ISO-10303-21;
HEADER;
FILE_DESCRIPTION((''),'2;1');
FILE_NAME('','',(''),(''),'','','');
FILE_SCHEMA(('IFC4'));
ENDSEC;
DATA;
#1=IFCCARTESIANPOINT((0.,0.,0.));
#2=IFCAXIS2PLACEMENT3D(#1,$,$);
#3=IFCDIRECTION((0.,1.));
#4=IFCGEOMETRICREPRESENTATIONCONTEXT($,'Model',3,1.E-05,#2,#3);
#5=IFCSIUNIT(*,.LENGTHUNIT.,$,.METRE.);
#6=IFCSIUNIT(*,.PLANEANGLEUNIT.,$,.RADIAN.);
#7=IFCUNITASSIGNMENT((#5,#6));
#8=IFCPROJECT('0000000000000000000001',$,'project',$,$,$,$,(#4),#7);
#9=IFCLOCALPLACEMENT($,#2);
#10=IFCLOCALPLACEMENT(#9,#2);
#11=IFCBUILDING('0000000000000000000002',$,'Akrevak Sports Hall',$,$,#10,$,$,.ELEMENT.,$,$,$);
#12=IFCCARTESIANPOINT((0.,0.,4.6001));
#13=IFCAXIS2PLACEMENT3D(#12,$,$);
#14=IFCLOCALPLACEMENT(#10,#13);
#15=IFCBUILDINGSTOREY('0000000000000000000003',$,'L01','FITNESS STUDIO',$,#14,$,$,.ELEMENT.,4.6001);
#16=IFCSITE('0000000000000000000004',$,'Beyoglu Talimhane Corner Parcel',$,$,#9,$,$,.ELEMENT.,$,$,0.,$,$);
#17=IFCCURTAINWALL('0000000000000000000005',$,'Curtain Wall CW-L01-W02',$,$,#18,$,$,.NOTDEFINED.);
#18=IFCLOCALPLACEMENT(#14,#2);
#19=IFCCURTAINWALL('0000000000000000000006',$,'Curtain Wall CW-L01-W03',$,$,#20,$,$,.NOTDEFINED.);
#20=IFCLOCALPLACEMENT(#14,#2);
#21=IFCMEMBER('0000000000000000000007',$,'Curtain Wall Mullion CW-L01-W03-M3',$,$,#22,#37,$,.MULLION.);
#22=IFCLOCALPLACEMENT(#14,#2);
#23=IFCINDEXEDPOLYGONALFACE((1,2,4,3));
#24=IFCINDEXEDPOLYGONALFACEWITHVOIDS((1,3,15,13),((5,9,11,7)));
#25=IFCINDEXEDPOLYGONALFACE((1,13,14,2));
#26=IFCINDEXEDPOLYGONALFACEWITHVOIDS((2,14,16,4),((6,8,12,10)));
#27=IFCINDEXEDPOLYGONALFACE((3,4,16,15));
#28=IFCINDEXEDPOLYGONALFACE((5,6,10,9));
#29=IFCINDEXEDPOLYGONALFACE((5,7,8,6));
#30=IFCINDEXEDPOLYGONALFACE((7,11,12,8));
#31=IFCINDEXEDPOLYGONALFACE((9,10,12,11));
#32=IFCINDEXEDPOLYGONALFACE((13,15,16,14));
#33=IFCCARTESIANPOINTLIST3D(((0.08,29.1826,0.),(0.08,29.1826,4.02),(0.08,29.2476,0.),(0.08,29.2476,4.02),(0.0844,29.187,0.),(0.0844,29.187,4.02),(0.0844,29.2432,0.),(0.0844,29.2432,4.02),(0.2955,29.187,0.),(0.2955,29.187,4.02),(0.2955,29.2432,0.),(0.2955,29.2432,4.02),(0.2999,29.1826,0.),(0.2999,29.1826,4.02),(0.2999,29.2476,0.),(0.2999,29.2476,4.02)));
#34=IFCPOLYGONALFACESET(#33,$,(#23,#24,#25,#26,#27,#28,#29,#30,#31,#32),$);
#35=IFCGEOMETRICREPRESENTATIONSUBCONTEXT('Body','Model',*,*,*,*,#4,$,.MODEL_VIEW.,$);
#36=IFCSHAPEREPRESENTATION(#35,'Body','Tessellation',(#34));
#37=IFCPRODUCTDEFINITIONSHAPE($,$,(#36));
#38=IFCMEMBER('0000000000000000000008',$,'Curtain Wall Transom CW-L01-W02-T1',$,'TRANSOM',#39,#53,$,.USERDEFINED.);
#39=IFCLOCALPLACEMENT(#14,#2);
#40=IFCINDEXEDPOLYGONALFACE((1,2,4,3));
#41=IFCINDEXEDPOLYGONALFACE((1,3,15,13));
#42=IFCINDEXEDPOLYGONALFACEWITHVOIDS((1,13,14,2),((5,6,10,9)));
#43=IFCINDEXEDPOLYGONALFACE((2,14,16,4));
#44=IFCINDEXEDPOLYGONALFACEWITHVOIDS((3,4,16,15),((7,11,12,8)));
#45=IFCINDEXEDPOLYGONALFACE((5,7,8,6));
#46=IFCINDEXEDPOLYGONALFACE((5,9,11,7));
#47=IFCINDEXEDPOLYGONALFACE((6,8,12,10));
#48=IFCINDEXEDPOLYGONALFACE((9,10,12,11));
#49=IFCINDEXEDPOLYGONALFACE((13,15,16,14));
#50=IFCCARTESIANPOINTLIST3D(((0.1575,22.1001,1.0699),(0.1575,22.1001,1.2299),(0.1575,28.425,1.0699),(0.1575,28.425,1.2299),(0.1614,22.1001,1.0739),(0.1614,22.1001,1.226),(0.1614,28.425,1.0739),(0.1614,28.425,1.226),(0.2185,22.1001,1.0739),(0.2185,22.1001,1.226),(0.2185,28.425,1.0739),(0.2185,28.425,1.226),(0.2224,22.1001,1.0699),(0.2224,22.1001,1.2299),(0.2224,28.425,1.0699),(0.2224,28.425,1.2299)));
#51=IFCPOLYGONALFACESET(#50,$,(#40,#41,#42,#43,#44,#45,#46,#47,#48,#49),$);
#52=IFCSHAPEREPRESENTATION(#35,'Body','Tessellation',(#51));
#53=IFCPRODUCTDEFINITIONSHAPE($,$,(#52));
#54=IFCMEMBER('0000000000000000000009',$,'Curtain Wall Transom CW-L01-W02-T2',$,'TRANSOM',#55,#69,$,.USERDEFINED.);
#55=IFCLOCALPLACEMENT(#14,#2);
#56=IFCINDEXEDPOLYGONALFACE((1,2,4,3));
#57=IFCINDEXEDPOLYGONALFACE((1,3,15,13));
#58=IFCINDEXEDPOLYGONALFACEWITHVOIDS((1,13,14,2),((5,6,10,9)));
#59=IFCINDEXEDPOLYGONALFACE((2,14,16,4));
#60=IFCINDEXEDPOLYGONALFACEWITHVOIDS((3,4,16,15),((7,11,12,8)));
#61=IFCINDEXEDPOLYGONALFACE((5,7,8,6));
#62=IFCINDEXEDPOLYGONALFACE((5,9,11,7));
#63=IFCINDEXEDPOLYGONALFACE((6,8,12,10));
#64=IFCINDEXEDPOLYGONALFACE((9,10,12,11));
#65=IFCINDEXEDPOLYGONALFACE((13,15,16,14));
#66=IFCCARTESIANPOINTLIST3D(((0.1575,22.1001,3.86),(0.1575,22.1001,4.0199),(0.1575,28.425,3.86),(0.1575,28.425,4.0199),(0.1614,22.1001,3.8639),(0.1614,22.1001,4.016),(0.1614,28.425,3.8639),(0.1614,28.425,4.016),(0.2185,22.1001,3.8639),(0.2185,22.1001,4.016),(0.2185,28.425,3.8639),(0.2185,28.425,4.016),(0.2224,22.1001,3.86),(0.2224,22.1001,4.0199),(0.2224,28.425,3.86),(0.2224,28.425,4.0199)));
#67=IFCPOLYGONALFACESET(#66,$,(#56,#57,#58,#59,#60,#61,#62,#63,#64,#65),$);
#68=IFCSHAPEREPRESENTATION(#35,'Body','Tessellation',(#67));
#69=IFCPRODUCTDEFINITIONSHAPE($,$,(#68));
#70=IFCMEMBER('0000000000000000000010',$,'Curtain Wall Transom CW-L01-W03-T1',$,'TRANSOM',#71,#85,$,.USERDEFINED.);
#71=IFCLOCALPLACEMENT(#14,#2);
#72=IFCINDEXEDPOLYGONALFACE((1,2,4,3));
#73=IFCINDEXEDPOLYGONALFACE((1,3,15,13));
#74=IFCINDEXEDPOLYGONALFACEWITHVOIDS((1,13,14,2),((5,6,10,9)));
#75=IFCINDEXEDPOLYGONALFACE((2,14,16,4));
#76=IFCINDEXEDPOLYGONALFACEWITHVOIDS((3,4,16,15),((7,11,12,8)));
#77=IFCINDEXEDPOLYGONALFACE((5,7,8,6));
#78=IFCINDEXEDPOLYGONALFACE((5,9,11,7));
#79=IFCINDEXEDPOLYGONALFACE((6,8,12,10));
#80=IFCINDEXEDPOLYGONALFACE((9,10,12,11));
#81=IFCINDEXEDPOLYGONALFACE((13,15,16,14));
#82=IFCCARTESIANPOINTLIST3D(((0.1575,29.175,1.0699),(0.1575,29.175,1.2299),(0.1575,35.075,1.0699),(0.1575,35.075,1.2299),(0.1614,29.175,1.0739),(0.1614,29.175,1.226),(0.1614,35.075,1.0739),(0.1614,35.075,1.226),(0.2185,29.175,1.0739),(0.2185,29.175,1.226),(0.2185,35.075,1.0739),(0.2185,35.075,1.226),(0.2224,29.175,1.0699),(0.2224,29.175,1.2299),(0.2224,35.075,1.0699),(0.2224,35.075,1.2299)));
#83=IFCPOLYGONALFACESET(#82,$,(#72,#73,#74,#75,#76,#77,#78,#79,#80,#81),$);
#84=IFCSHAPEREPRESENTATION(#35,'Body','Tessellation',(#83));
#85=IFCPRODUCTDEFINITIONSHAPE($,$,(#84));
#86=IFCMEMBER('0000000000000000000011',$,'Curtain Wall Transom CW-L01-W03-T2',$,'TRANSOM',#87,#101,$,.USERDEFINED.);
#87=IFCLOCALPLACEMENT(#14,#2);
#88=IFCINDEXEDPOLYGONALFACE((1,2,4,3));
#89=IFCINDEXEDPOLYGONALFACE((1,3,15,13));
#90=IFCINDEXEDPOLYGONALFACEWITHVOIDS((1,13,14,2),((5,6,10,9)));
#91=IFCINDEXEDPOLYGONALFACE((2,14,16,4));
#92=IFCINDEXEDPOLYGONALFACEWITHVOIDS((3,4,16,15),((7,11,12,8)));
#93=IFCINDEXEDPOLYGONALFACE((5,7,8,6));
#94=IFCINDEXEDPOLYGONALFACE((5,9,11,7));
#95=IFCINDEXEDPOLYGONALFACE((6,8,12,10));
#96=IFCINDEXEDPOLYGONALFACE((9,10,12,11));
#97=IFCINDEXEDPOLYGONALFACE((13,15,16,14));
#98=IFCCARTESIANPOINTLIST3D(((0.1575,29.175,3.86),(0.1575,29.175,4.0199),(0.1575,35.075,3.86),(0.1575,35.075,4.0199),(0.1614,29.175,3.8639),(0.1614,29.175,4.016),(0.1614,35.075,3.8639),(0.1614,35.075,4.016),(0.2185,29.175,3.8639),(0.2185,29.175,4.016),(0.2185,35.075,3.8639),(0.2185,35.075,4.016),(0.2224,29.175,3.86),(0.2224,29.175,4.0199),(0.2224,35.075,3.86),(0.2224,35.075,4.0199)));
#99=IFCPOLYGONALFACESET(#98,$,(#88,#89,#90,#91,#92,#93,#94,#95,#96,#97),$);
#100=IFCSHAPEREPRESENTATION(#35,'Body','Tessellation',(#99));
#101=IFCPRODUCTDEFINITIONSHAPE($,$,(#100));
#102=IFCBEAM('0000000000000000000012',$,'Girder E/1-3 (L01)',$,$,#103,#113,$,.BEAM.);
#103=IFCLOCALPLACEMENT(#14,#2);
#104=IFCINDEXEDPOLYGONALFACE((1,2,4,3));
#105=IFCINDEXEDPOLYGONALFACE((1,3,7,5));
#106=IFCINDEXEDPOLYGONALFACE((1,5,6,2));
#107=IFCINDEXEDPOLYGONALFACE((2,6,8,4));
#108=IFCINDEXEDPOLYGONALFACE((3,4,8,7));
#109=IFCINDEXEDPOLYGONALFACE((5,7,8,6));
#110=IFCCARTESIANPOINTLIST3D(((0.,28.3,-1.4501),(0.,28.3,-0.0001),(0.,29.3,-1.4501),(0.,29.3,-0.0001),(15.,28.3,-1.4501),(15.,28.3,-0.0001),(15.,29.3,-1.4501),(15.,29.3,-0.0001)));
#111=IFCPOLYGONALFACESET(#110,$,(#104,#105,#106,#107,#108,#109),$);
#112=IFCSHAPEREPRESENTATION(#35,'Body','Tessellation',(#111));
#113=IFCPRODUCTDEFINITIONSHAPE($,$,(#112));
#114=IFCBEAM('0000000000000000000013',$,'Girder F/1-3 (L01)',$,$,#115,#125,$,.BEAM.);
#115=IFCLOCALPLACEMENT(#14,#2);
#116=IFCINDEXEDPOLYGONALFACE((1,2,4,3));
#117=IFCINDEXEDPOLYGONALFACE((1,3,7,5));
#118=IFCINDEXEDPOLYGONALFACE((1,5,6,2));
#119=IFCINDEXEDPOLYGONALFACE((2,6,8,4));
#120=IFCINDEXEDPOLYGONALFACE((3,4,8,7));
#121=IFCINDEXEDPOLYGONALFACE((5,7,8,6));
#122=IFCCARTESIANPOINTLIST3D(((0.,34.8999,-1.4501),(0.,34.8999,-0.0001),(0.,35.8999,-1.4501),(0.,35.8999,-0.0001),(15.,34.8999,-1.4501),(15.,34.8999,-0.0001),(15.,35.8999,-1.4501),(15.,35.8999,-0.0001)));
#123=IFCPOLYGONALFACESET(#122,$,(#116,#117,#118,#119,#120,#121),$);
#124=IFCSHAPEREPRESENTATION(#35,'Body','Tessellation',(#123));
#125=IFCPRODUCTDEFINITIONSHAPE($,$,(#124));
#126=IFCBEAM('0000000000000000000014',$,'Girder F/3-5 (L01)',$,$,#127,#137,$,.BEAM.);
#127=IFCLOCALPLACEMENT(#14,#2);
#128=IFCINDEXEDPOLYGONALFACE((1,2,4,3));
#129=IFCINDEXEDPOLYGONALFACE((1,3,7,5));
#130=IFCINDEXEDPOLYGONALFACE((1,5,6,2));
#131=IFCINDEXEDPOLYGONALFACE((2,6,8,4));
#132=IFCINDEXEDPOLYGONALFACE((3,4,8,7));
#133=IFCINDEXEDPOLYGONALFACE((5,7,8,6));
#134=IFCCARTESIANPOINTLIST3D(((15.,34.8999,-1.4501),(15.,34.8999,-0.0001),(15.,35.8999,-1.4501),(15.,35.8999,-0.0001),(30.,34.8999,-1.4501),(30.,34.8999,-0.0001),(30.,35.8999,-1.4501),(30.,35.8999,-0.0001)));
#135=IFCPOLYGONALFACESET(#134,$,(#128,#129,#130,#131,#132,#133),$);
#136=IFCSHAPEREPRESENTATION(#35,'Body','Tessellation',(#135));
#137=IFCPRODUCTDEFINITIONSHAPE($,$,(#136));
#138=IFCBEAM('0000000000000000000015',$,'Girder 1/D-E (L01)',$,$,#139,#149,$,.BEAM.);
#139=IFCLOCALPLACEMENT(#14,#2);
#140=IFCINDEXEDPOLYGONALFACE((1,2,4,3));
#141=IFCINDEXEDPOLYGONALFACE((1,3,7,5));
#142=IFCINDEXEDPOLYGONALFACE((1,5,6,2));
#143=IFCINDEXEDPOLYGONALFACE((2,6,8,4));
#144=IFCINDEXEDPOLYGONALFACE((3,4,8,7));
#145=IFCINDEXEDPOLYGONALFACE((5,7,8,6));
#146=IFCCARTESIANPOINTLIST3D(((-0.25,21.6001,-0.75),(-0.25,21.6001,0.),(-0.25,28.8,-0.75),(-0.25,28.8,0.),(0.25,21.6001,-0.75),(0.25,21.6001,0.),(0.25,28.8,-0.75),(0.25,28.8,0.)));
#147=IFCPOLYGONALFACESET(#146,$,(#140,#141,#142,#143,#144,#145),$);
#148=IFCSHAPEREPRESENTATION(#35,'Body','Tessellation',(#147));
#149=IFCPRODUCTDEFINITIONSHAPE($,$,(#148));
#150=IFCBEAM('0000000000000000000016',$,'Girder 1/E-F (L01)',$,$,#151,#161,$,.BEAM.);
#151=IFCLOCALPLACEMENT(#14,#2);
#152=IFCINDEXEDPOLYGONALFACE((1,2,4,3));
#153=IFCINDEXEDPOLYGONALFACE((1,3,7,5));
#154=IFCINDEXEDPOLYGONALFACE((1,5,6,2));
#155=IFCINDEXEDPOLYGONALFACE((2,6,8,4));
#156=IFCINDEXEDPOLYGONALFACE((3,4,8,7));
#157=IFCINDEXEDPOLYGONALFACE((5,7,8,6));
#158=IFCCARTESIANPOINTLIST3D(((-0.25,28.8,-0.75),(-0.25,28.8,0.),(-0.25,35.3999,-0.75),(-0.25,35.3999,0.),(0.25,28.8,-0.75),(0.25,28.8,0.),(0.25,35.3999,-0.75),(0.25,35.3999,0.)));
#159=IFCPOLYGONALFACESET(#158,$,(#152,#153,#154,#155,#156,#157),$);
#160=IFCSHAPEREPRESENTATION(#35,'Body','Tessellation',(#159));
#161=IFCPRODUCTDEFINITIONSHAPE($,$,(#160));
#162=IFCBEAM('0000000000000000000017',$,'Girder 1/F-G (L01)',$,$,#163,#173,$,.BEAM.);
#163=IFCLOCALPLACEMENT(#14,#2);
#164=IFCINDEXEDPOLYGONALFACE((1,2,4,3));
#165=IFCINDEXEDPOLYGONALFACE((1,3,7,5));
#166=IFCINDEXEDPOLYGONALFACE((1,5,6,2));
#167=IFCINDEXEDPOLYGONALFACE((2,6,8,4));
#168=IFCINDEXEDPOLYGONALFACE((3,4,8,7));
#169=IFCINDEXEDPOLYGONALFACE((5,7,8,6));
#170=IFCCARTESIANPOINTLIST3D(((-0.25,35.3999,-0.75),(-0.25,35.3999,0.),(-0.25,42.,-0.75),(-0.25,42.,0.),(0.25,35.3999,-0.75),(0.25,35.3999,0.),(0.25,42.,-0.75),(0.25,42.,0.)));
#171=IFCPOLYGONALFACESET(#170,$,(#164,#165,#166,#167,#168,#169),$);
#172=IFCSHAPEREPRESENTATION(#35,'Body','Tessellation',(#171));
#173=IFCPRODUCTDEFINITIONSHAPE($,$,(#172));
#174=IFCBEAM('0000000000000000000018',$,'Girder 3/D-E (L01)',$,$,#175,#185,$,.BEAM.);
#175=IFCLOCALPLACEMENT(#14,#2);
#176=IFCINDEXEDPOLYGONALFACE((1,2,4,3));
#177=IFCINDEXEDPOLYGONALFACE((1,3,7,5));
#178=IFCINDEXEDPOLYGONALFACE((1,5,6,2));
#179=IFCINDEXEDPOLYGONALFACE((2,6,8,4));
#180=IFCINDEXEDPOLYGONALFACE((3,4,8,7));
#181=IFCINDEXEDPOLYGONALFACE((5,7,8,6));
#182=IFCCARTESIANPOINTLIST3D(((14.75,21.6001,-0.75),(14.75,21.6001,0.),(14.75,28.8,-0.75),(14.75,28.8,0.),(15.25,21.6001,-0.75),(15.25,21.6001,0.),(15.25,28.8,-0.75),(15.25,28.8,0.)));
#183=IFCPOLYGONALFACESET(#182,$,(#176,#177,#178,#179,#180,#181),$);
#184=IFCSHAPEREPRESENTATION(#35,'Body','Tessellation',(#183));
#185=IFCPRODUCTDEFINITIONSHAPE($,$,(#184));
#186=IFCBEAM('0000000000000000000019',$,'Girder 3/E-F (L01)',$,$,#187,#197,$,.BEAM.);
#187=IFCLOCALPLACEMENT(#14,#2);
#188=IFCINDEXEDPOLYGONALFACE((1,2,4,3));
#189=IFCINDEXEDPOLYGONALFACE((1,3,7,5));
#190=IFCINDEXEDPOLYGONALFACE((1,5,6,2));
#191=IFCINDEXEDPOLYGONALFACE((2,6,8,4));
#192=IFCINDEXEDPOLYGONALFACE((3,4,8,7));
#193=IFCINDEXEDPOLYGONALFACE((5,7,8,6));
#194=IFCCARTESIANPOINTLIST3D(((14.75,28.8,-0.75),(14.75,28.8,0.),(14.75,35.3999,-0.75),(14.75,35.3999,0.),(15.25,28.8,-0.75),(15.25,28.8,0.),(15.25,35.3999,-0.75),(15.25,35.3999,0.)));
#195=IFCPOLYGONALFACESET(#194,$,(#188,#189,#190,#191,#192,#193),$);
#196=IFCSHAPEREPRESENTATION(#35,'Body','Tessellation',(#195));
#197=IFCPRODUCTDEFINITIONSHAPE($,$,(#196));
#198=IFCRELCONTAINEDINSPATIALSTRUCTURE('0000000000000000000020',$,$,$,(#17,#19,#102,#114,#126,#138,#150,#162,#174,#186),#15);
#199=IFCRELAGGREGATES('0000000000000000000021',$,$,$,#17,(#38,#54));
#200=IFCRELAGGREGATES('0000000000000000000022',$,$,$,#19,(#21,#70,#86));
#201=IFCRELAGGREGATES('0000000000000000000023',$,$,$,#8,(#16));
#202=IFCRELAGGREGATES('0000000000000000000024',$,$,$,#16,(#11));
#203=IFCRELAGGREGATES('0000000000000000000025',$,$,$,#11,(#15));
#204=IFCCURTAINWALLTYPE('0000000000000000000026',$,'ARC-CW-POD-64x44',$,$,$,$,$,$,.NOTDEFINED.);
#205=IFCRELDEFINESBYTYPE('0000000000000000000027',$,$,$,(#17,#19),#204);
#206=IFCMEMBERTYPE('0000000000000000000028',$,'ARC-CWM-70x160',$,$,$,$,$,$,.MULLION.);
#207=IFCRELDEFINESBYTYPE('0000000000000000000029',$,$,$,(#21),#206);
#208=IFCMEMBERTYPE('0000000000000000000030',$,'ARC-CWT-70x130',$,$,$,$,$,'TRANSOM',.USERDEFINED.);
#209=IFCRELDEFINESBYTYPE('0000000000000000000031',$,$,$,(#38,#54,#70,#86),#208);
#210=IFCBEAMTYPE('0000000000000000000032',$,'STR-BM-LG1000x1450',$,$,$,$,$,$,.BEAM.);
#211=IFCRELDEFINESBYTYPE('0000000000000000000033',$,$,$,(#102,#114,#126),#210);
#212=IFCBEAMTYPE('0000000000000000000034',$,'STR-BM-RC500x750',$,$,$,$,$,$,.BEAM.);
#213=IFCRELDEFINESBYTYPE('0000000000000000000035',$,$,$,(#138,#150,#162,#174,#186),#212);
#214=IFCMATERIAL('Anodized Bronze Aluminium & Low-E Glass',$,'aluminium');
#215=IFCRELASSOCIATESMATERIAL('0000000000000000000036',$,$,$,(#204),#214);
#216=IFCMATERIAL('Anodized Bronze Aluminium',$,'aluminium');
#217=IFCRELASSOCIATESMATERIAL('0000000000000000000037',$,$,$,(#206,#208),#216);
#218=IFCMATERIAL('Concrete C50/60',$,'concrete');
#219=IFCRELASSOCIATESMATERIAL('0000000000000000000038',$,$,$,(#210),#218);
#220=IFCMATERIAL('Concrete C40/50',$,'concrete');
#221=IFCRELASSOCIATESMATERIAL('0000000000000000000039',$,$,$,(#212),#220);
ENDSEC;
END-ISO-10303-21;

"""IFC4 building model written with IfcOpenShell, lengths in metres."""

from ifc_helpers import new_model, si_unit, direction, frame, origin, origin_2d, place, context, subcontext, project, spatial, rectangle, hollow_rectangle, extrude, material, material_profile, profile_set, type_object, element, aggregate, save


model = new_model("IFC4")

# Units and contexts
model_context = context("Model", 3, precision=1e-05, world=origin(), true_north=direction((0.0, 1.0)))
body_context = subcontext(model_context, "Body", "Model", "MODEL_VIEW")
ifc_project = project(units=[si_unit("LENGTHUNIT", "METRE"), si_unit("PLANEANGLEUNIT", "RADIAN")], contexts=[model_context])

# Site, building, storey
site_placement = place(None, origin())
site = spatial("IfcSite", under=ifc_project, at=site_placement, Name="Beyoglu Talimhane Corner Parcel", CompositionType="ELEMENT", RefElevation=0.0)
building_placement = place(site_placement, origin())
building = spatial("IfcBuilding", under=site, at=building_placement, Name="Akrevak Sports Hall", CompositionType="ELEMENT")
storey_placement = place(building_placement, frame((0.0, 0.0, 4.6001)))
storey = spatial("IfcBuildingStorey", under=building, at=storey_placement, Name="L01", Description="FITNESS STUDIO", CompositionType="ELEMENT", Elevation=4.6001)

# Shared definitions
ifc_material_1 = material(Name="Concrete C50/60", Category="concrete")
ifc_material_2 = material(Name="Concrete C40/50", Category="concrete")

# Curtain walls, member
ifc_material_3 = material(Name="Anodized Bronze Aluminium & Low-E Glass", Category="aluminium")
curtain_wall_type = type_object("IfcCurtainWallType", Name="ARC-CW-POD-64x44", PredefinedType="NOTDEFINED", material=ifc_material_3)
curtain_wall_1_placement = place(storey_placement, origin())
curtain_wall_1 = element("IfcCurtainWall", 1, at=curtain_wall_1_placement, inside=storey, type_object=curtain_wall_type, Name="Curtain Wall CW-L01-W02", PredefinedType="NOTDEFINED")
ifc_material_4 = material(Name="Anodized Bronze Aluminium", Category="aluminium")
ifc_material_profile_1 = material_profile(ifc_material_4, hollow_rectangle(XDim=0.0649, YDim=0.22, WallThickness=0.0044, at=origin_2d()), Name="CWM 65x220", Category="aluminium")
ifc_profile_set_1 = profile_set([ifc_material_profile_1], Name="Anodized Bronze Aluminium")
member_type_1 = type_object("IfcMemberType", Name="ARC-CWM-70x160", PredefinedType="MULLION", material=ifc_profile_set_1)
curtain_wall_2_placement = place(storey_placement, origin())
curtain_wall_2 = element("IfcCurtainWall", 2, at=curtain_wall_2_placement, inside=storey, type_object=curtain_wall_type, Name="Curtain Wall CW-L01-W03", PredefinedType="NOTDEFINED")
member_1_placement = place(storey_placement, frame((0.1899, 29.2151, 0.0), z_axis=(0.0, 0.0, 1.0), x_axis=(0.0, -1.0, 0.0)))
member_1 = element("IfcMember", 3, at=member_1_placement, type_object=member_type_1, Name="Curtain Wall Mullion CW-L01-W03-M3", PredefinedType="MULLION", context=body_context, shape_type="SweptSolid", body=[
    extrude(hollow_rectangle(XDim=0.0649, YDim=0.22, WallThickness=0.0044, at=origin_2d()), origin(), (0.0, 0.0, 1.0), 4.02),
])

# Members
ifc_material_profile_2 = material_profile(ifc_material_4, hollow_rectangle(XDim=0.0649, YDim=0.1599, WallThickness=0.0039, at=origin_2d()), Name="CWT 65x160", Category="aluminium")
ifc_profile_set_2 = profile_set([ifc_material_profile_2], Name="Anodized Bronze Aluminium")
member_type_2 = type_object("IfcMemberType", Name="ARC-CWT-70x130", ElementType="TRANSOM", PredefinedType="USERDEFINED", material=ifc_profile_set_2)
member_2_placement = place(storey_placement, frame((0.1899, 28.425, 1.1499), z_axis=(0.0, -1.0, 0.0), x_axis=(1.0, 0.0, 0.0)))
member_2 = element("IfcMember", 4, at=member_2_placement, type_object=member_type_2, Name="Curtain Wall Transom CW-L01-W02-T1", ObjectType="TRANSOM", PredefinedType="USERDEFINED", context=body_context, shape_type="SweptSolid", body=[
    extrude(hollow_rectangle(XDim=0.0649, YDim=0.1599, WallThickness=0.0039, at=origin_2d()), origin(), (0.0, 0.0, 1.0), 6.325),
])
member_3_placement = place(storey_placement, frame((0.1899, 28.425, 3.9399), z_axis=(0.0, -1.0, 0.0), x_axis=(1.0, 0.0, 0.0)))
member_3 = element("IfcMember", 5, at=member_3_placement, type_object=member_type_2, Name="Curtain Wall Transom CW-L01-W02-T2", ObjectType="TRANSOM", PredefinedType="USERDEFINED", context=body_context, shape_type="SweptSolid", body=[
    extrude(hollow_rectangle(XDim=0.0649, YDim=0.1599, WallThickness=0.0039, at=origin_2d()), origin(), (0.0, 0.0, 1.0), 6.325),
])
member_4_placement = place(storey_placement, frame((0.1899, 35.075, 1.1499), z_axis=(0.0, -1.0, 0.0), x_axis=(1.0, 0.0, 0.0)))
member_4 = element("IfcMember", 6, at=member_4_placement, type_object=member_type_2, Name="Curtain Wall Transom CW-L01-W03-T1", ObjectType="TRANSOM", PredefinedType="USERDEFINED", context=body_context, shape_type="SweptSolid", body=[
    extrude(hollow_rectangle(XDim=0.0649, YDim=0.1599, WallThickness=0.0039, at=origin_2d()), origin(), (0.0, 0.0, 1.0), 5.8999),
])
member_5_placement = place(storey_placement, frame((0.1899, 35.075, 3.9399), z_axis=(0.0, -1.0, 0.0), x_axis=(1.0, 0.0, 0.0)))
member_5 = element("IfcMember", 7, at=member_5_placement, type_object=member_type_2, Name="Curtain Wall Transom CW-L01-W03-T2", ObjectType="TRANSOM", PredefinedType="USERDEFINED", context=body_context, shape_type="SweptSolid", body=[
    extrude(hollow_rectangle(XDim=0.0649, YDim=0.1599, WallThickness=0.0039, at=origin_2d()), origin(), (0.0, 0.0, 1.0), 5.8999),
])

# Beams
ifc_material_profile_3 = material_profile(ifc_material_1, rectangle(XDim=1.0, YDim=1.45, at=origin_2d()), Name="BM 1000x1450", Category="concrete")
ifc_profile_set_3 = profile_set([ifc_material_profile_3], Name="Concrete C50/60")
beam_type_1 = type_object("IfcBeamType", Name="STR-BM-LG1000x1450", PredefinedType="BEAM", material=ifc_profile_set_3)
for number, where, z_axis, x_axis, name in (
    (8, (0.0, 28.8, -0.7251), (1.0, 0.0, 0.0), (0.0, 1.0, 0.0), "Girder E/1-3 (L01)"),
    (9, (0.0, 35.3999, -0.7251), (1.0, 0.0, 0.0), (0.0, 1.0, 0.0), "Girder F/1-3 (L01)"),
    (10, (15.0, 35.3999, -0.7251), (1.0, 0.0, 0.0), (0.0, 1.0, 0.0), "Girder F/3-5 (L01)"),
):
    element("IfcBeam", number, at=place(storey_placement, frame(where, z_axis=z_axis, x_axis=x_axis)), inside=storey, type_object=beam_type_1, Name=name, PredefinedType="BEAM", context=body_context, shape_type="SweptSolid", body=[
        extrude(rectangle(XDim=1.0, YDim=1.45, at=origin_2d()), origin(), (0.0, 0.0, 1.0), 15.0),
    ])
ifc_material_profile_4 = material_profile(ifc_material_2, rectangle(XDim=0.5, YDim=0.75, at=origin_2d()), Name="BM 500x750", Category="concrete")
ifc_profile_set_4 = profile_set([ifc_material_profile_4], Name="Concrete C40/50")
beam_type_2 = type_object("IfcBeamType", Name="STR-BM-RC500x750", PredefinedType="BEAM", material=ifc_profile_set_4)
beam_1_placement = place(storey_placement, frame((0.0, 21.6001, -0.375), z_axis=(0.0, 1.0, 0.0), x_axis=(-1.0, 0.0, 0.0)))
element("IfcBeam", 11, at=beam_1_placement, inside=storey, type_object=beam_type_2, Name="Girder 1/D-E (L01)", PredefinedType="BEAM", context=body_context, shape_type="SweptSolid", body=[
    extrude(rectangle(XDim=0.5, YDim=0.75, at=origin_2d()), origin(), (0.0, 0.0, 1.0), 7.2),
])
beam_2_placement = place(storey_placement, frame((0.0, 28.8, -0.375), z_axis=(0.0, 1.0, 0.0), x_axis=(-1.0, 0.0, 0.0)))
element("IfcBeam", 12, at=beam_2_placement, inside=storey, type_object=beam_type_2, Name="Girder 1/E-F (L01)", PredefinedType="BEAM", context=body_context, shape_type="SweptSolid", body=[
    extrude(rectangle(XDim=0.5, YDim=0.75, at=origin_2d()), origin(), (0.0, 0.0, 1.0), 6.5999),
])
beam_3_placement = place(storey_placement, frame((0.0, 35.3999, -0.375), z_axis=(0.0, 1.0, 0.0), x_axis=(-1.0, 0.0, 0.0)))
element("IfcBeam", 13, at=beam_3_placement, inside=storey, type_object=beam_type_2, Name="Girder 1/F-G (L01)", PredefinedType="BEAM", context=body_context, shape_type="SweptSolid", body=[
    extrude(rectangle(XDim=0.5, YDim=0.75, at=origin_2d()), origin(), (0.0, 0.0, 1.0), 6.6001),
])
beam_4_placement = place(storey_placement, frame((15.0, 21.6001, -0.375), z_axis=(0.0, 1.0, 0.0), x_axis=(-1.0, 0.0, 0.0)))
element("IfcBeam", 14, at=beam_4_placement, inside=storey, type_object=beam_type_2, Name="Girder 3/D-E (L01)", PredefinedType="BEAM", context=body_context, shape_type="SweptSolid", body=[
    extrude(rectangle(XDim=0.5, YDim=0.75, at=origin_2d()), origin(), (0.0, 0.0, 1.0), 7.2),
])
beam_5_placement = place(storey_placement, frame((15.0, 28.8, -0.375), z_axis=(0.0, 1.0, 0.0), x_axis=(-1.0, 0.0, 0.0)))
element("IfcBeam", 15, at=beam_5_placement, inside=storey, type_object=beam_type_2, Name="Girder 3/E-F (L01)", PredefinedType="BEAM", context=body_context, shape_type="SweptSolid", body=[
    extrude(rectangle(XDim=0.5, YDim=0.75, at=origin_2d()), origin(), (0.0, 0.0, 1.0), 6.5999),
])

aggregate(curtain_wall_1, [member_2, member_3])
aggregate(curtain_wall_2, [member_1, member_4, member_5])

save(model, "model.ifc")
